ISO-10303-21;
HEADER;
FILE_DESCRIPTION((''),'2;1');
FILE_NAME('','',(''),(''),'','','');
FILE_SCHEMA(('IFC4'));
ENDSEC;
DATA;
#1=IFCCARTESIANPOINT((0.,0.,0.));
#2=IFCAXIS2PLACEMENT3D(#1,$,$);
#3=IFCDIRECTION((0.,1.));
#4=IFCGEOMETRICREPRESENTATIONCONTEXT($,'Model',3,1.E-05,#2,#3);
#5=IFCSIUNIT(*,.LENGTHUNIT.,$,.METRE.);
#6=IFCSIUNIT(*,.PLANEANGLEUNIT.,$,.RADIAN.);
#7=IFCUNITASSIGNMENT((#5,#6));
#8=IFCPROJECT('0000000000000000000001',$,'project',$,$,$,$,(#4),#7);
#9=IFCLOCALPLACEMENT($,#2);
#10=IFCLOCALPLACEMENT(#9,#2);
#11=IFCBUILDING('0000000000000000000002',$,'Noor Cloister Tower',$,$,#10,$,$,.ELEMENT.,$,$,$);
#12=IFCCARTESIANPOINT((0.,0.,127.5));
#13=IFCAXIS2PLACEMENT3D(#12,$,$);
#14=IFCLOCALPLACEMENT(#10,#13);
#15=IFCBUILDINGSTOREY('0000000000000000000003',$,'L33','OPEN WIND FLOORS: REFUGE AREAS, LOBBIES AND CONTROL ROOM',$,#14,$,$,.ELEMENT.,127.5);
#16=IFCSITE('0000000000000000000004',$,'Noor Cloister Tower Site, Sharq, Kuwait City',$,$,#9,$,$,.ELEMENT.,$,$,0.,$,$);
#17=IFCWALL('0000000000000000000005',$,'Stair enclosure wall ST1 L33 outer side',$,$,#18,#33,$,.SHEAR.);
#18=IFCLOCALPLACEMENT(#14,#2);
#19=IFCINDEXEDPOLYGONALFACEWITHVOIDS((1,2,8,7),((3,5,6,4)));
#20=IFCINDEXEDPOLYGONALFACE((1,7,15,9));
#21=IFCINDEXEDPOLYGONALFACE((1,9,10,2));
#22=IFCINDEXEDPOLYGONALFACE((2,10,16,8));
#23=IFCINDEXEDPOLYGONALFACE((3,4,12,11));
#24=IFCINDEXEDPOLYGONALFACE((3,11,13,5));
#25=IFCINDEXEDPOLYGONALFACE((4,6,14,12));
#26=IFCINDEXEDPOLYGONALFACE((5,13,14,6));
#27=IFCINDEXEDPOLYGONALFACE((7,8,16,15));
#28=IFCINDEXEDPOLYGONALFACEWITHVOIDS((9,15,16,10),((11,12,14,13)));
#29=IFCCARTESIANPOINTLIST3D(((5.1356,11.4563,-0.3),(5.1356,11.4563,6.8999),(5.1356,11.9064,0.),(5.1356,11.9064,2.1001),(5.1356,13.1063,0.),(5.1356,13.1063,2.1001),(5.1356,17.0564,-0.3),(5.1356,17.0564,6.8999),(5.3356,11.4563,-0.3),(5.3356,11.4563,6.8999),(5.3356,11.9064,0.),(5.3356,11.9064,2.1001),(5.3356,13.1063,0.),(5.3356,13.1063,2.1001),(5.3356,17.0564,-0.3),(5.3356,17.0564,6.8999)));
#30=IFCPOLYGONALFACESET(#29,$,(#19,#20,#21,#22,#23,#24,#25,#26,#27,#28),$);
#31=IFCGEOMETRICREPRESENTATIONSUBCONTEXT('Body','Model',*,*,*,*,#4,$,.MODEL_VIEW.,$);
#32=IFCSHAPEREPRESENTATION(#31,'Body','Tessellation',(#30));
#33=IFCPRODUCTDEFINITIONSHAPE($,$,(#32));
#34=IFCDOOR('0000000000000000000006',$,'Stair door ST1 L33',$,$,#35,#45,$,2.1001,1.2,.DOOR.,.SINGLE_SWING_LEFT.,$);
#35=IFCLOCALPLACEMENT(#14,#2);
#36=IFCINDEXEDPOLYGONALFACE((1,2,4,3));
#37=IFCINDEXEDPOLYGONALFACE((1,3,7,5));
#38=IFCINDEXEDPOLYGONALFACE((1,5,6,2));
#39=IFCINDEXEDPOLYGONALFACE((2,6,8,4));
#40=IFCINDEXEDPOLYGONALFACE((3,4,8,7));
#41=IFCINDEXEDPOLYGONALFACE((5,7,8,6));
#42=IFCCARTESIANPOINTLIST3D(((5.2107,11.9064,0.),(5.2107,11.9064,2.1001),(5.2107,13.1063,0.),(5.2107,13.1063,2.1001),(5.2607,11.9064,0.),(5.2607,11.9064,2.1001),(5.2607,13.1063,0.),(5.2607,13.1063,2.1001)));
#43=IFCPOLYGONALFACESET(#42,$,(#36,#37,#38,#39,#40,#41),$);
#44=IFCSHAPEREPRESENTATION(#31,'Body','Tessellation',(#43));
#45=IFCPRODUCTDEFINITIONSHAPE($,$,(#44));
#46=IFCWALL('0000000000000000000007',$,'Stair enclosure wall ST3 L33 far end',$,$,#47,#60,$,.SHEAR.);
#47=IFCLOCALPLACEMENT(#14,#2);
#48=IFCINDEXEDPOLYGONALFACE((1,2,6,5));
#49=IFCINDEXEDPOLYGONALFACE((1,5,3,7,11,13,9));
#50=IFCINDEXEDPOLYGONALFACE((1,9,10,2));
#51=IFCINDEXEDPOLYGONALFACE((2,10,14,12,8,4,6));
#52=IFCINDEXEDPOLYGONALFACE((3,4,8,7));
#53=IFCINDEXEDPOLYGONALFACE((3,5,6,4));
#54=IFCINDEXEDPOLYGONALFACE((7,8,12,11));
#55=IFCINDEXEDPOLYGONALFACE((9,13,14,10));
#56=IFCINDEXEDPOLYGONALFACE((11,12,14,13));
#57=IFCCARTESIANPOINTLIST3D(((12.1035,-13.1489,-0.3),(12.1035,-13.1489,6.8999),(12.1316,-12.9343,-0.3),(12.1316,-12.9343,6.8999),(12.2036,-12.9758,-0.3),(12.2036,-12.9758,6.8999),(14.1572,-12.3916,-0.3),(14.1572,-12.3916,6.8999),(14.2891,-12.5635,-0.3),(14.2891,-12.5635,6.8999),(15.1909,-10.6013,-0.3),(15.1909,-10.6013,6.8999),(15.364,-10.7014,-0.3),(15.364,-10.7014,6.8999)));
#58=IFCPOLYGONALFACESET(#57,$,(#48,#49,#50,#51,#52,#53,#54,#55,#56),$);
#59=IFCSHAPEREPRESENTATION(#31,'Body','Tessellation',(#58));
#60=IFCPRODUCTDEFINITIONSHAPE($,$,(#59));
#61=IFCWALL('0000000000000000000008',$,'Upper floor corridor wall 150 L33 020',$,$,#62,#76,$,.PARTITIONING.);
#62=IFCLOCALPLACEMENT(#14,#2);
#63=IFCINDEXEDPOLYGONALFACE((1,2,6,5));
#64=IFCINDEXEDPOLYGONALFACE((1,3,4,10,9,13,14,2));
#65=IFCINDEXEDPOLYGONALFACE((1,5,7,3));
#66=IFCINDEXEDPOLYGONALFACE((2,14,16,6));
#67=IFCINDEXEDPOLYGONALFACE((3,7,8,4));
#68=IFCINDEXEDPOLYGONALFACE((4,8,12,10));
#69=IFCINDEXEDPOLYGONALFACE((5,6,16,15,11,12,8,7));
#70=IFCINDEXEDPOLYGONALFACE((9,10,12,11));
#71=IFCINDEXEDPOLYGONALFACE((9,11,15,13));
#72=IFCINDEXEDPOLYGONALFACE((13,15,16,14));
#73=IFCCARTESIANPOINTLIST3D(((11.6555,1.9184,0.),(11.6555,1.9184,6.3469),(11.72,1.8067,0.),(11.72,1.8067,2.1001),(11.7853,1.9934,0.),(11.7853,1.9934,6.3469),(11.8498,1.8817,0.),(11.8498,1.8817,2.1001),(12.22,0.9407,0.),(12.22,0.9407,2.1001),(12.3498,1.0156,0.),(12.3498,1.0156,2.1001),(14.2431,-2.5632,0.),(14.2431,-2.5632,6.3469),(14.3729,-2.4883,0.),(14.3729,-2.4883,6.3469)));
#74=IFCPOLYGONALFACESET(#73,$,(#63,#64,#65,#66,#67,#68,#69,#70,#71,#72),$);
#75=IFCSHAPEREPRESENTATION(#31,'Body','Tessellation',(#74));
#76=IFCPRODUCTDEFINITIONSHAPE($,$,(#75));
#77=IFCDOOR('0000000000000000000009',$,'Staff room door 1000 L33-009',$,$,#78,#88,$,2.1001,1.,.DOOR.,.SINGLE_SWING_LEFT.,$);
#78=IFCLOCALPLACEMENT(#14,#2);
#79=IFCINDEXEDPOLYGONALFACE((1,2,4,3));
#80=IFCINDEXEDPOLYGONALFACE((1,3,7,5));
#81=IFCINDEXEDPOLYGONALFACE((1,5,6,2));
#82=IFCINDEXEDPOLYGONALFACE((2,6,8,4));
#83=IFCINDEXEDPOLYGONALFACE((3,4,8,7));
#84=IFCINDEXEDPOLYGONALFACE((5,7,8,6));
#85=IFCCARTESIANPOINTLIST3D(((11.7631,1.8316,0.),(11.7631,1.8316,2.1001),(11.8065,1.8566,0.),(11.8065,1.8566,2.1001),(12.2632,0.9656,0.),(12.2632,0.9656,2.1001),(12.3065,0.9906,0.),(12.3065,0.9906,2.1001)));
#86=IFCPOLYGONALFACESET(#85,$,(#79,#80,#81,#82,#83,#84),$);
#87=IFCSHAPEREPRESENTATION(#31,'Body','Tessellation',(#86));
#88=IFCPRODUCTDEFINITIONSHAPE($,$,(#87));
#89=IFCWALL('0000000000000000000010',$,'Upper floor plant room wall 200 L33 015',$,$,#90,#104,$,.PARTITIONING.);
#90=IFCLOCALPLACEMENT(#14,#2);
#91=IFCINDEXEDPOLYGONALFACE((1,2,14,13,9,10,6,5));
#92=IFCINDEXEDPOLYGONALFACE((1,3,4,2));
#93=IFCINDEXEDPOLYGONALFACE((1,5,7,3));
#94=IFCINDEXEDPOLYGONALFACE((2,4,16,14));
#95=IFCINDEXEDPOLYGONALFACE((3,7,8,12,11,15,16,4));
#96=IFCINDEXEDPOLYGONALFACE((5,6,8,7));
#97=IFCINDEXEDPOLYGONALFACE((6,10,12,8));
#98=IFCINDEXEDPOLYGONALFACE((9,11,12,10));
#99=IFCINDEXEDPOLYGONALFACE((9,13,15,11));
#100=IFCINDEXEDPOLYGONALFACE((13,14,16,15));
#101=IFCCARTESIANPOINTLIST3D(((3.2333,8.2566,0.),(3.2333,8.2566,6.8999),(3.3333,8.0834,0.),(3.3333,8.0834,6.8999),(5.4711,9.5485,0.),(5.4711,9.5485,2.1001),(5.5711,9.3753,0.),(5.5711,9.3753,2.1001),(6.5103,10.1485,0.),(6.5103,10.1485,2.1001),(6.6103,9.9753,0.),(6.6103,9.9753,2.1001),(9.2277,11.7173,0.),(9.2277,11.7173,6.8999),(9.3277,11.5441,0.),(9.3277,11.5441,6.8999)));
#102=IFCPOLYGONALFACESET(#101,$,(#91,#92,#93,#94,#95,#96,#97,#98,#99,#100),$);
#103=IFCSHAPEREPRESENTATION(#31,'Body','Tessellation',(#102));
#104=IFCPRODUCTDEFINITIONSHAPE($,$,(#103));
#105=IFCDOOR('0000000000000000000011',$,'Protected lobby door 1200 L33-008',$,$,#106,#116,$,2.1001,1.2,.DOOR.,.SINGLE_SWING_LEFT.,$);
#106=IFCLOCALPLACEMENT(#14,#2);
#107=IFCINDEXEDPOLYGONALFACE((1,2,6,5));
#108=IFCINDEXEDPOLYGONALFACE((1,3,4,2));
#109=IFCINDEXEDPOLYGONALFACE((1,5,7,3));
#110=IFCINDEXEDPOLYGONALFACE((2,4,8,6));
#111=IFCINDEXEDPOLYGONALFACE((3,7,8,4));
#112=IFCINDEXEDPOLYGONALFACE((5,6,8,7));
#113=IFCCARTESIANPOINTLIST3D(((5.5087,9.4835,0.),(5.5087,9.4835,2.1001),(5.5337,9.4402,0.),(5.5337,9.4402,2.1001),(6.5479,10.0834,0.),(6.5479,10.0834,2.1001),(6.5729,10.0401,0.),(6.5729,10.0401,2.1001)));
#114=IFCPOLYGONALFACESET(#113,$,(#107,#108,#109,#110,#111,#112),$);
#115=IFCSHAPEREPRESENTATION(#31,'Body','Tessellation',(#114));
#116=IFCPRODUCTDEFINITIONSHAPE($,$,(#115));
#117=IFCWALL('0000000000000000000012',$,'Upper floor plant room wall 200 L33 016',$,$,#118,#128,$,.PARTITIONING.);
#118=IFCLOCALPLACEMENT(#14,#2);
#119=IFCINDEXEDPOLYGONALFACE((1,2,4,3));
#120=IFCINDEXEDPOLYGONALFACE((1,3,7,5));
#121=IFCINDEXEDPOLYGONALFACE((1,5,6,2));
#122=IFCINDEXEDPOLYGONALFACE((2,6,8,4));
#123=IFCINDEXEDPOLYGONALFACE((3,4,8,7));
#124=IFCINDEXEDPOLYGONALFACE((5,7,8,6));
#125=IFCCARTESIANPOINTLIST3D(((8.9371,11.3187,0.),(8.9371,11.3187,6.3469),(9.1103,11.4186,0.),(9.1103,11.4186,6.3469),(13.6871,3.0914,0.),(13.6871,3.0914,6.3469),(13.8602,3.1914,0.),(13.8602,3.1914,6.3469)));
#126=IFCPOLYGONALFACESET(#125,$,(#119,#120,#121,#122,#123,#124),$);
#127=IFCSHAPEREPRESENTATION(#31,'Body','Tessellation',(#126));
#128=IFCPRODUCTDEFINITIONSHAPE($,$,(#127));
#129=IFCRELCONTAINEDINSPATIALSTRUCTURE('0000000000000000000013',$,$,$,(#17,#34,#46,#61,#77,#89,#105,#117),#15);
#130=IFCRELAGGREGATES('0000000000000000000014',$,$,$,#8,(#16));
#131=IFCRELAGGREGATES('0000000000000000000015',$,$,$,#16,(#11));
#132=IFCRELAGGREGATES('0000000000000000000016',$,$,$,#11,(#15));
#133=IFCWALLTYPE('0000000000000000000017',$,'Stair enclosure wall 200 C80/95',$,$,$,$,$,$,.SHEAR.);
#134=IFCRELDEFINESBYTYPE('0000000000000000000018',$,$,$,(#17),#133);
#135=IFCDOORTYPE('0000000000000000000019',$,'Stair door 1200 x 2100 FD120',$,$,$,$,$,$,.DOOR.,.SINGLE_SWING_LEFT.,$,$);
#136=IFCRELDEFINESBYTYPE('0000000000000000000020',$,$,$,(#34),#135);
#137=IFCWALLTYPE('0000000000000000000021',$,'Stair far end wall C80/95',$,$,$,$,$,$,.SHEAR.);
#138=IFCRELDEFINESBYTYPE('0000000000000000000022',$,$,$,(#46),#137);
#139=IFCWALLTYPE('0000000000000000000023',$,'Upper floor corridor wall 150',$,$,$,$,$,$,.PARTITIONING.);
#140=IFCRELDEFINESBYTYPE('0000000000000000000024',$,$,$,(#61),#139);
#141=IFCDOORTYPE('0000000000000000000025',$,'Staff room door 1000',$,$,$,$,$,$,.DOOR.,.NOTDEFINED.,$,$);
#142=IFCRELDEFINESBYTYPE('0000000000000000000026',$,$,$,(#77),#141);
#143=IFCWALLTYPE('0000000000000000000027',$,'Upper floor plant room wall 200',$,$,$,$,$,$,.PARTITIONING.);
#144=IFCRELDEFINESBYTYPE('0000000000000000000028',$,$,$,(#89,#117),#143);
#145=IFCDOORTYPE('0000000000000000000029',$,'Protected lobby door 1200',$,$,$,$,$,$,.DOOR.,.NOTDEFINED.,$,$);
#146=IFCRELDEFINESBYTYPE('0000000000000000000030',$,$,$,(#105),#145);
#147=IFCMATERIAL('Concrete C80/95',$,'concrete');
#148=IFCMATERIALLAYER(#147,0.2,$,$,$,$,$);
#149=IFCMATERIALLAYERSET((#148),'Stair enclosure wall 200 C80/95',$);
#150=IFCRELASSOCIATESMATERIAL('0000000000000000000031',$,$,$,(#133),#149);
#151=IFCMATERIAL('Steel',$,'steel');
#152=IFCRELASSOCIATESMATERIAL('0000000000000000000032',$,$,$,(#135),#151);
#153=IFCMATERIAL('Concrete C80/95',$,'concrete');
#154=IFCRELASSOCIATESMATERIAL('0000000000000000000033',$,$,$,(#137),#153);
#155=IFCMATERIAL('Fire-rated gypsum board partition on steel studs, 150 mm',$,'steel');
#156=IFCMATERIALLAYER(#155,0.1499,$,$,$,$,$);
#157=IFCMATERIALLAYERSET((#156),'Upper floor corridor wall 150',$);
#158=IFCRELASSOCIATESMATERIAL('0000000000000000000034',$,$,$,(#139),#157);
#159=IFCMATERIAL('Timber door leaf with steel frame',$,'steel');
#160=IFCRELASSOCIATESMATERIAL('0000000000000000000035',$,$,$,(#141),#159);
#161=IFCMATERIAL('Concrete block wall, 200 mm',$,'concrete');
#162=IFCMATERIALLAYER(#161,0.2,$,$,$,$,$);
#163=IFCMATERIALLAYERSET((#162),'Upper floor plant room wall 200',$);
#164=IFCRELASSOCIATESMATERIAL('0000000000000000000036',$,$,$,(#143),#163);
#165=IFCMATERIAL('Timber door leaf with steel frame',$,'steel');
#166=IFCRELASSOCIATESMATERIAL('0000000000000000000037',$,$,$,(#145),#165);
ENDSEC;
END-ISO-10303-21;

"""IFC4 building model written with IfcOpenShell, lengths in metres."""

from ifc_helpers import new_model, si_unit, direction, frame, frame_2d, origin, place, context, subcontext, project, spatial, polyline, rectangle, outline, extrude, material, layer, layer_set, type_object, element, fill, save


model = new_model("IFC4")

# Units and contexts
model_context = context("Model", 3, precision=1e-05, world=origin(), true_north=direction((0.0, 1.0)))
body_context = subcontext(model_context, "Body", "Model", "MODEL_VIEW")
ifc_project = project(units=[si_unit("LENGTHUNIT", "METRE"), si_unit("PLANEANGLEUNIT", "RADIAN")], contexts=[model_context])

# Site, building, storey
site_placement = place(None, origin())
site = spatial("IfcSite", under=ifc_project, at=site_placement, Name="Noor Cloister Tower Site, Sharq, Kuwait City", CompositionType="ELEMENT", RefElevation=0.0)
building_placement = place(site_placement, origin())
building = spatial("IfcBuilding", under=site, at=building_placement, Name="Noor Cloister Tower", CompositionType="ELEMENT")
storey_placement = place(building_placement, frame((0.0, 0.0, 127.5)))
storey = spatial("IfcBuildingStorey", under=building, at=storey_placement, Name="L33", Description="OPEN WIND FLOORS: REFUGE AREAS, LOBBIES AND CONTROL ROOM", CompositionType="ELEMENT", Elevation=127.5)

# Wall, opening, door
ifc_material_1 = material(Name="Concrete C80/95", Category="concrete")
ifc_layer_1 = layer(ifc_material_1, 0.2)
ifc_layer_set_1 = layer_set([ifc_layer_1], Name="Stair enclosure wall 200 C80/95")
wall_type_1 = type_object("IfcWallType", Name="Stair enclosure wall 200 C80/95", PredefinedType="SHEAR", material=ifc_layer_set_1)
wall_1_placement = place(storey_placement, frame((5.2356, 11.4563, -0.3), z_axis=(0.0, 0.0, 1.0), x_axis=(0.0, 1.0, 0.0)))
wall_1 = element("IfcWall", 1, at=wall_1_placement, inside=storey, type_object=wall_type_1, Name="Stair enclosure wall ST1 L33 outer side", PredefinedType="SHEAR", context=body_context, shape_type="SweptSolid", body=[
    extrude(rectangle(XDim=5.6001, YDim=0.2, at=frame_2d((2.8, 0.0))), origin(), (0.0, 0.0, 1.0), 7.2),
])
opening_1_placement = place(wall_1_placement, frame((0.45, 0.0, 0.3)))
opening_1 = element("IfcOpeningElement", 2, at=opening_1_placement, cuts=wall_1, PredefinedType="OPENING", context=body_context, shape_type="SweptSolid", body=[
    extrude(rectangle(XDim=1.2, YDim=2.1001, at=frame_2d((0.6001, 1.05))), frame((0.0, 0.1099, 0.0), z_axis=(0.0, -1.0, 0.0), x_axis=(1.0, 0.0, 0.0)), (0.0, 0.0, 1.0), 0.22),
])
ifc_material_2 = material(Name="Steel", Category="steel")
door_type_1 = type_object("IfcDoorType", Name="Stair door 1200 x 2100 FD120", OperationType="SINGLE_SWING_LEFT", PredefinedType="DOOR", material=ifc_material_2)
door_1_placement = place(opening_1_placement, origin())
door_1 = element("IfcDoor", 3, at=door_1_placement, inside=storey, type_object=door_type_1, Name="Stair door ST1 L33", OperationType="SINGLE_SWING_LEFT", OverallHeight=2.1001, OverallWidth=1.2, PredefinedType="DOOR", context=body_context, shape_type="SweptSolid", body=[
    extrude(rectangle(XDim=1.2, YDim=2.1001, at=frame_2d((0.6001, 1.05))), frame((0.0, 0.0249, 0.0), z_axis=(0.0, -1.0, 0.0), x_axis=(1.0, 0.0, 0.0)), (0.0, 0.0, 1.0), 0.05),
])
fill(opening_1, door_1)

# Wall
ifc_material_3 = material(Name="Concrete C80/95", Category="concrete")
wall_type_2 = type_object("IfcWallType", Name="Stair far end wall C80/95", PredefinedType="SHEAR", material=ifc_material_3)
wall_2_placement = place(storey_placement, frame((0.0, 0.0, -0.3)))
element("IfcWall", 4, at=wall_2_placement, inside=storey, type_object=wall_type_2, Name="Stair enclosure wall ST3 L33 far end", PredefinedType="SHEAR", context=body_context, shape_type="SweptSolid", body=[
    extrude(outline(polyline([(12.1035, -13.1489), (14.2891, -12.5635), (15.364, -10.7014), (15.1909, -10.6013), (14.1572, -12.3916), (12.1316, -12.9343), (12.2036, -12.9758), (12.2036, -12.9758), (12.2036, -12.9758), (12.2036, -12.9758), (12.2036, -12.9758), (12.2036, -12.9758), (12.2036, -12.9758), (12.2036, -12.9758), (12.2036, -12.9758), (12.2036, -12.9758), (12.2036, -12.9758), (12.2036, -12.9758), (12.2036, -12.9758), (12.2036, -12.9758), (12.2036, -12.9758), (12.2036, -12.9758), (12.2036, -12.9758), (12.1035, -13.1489)])), origin(), (0.0, 0.0, 1.0), 7.2),
])

# Walls, openings, doors
ifc_material_4 = material(Name="Fire-rated gypsum board partition on steel studs, 150 mm", Category="steel")
ifc_layer_2 = layer(ifc_material_4, 0.1499)
ifc_layer_set_2 = layer_set([ifc_layer_2], Name="Upper floor corridor wall 150")
wall_type_3 = type_object("IfcWallType", Name="Upper floor corridor wall 150", PredefinedType="PARTITIONING", material=ifc_layer_set_2)
wall_3_placement = place(storey_placement, frame((11.7205, 1.9558, 0.0), z_axis=(0.0, 0.0, 1.0), x_axis=(0.500021, -0.866014, 0.0)))
wall_3 = element("IfcWall", 5, at=wall_3_placement, inside=storey, type_object=wall_type_3, Name="Upper floor corridor wall 150 L33 020", PredefinedType="PARTITIONING", context=body_context, shape_type="SweptSolid", body=[
    extrude(rectangle(XDim=5.175, YDim=0.1499, at=frame_2d((2.5874, 0.0))), origin(), (0.0, 0.0, 1.0), 6.3469),
])
opening_2_placement = place(wall_3_placement, frame((0.1289, 0.0, 0.0)))
opening_2 = element("IfcOpeningElement", 6, at=opening_2_placement, cuts=wall_3, PredefinedType="OPENING", context=body_context, shape_type="SweptSolid", body=[
    extrude(rectangle(XDim=1.0, YDim=2.1001, at=frame_2d((0.5, 1.05))), frame((0.0, 0.085, 0.0), z_axis=(0.0, -1.0, 0.0), x_axis=(1.0, 0.0, 0.0)), (0.0, 0.0, 1.0), 0.1699),
])
ifc_material_5 = material(Name="Timber door leaf with steel frame", Category="steel")
door_type_2 = type_object("IfcDoorType", Name="Staff room door 1000", OperationType="NOTDEFINED", PredefinedType="DOOR", material=ifc_material_5)
door_2_placement = place(opening_2_placement, origin())
door_2 = element("IfcDoor", 7, at=door_2_placement, inside=storey, type_object=door_type_2, Name="Staff room door 1000 L33-009", OperationType="SINGLE_SWING_LEFT", OverallHeight=2.1001, OverallWidth=1.0, PredefinedType="DOOR", context=body_context, shape_type="SweptSolid", body=[
    extrude(rectangle(XDim=1.0, YDim=2.1001, at=frame_2d((0.5, 1.05))), frame((0.0, 0.0249, 0.0), z_axis=(0.0, -1.0, 0.0), x_axis=(1.0, 0.0, 0.0)), (0.0, 0.0, 1.0), 0.05),
])
fill(opening_2, door_2)
ifc_material_6 = material(Name="Concrete block wall, 200 mm", Category="concrete")
ifc_layer_3 = layer(ifc_material_6, 0.2)
ifc_layer_set_3 = layer_set([ifc_layer_3], Name="Upper floor plant room wall 200")
wall_type_4 = type_object("IfcWallType", Name="Upper floor plant room wall 200", PredefinedType="PARTITIONING", material=ifc_layer_set_3)
wall_4_placement = place(storey_placement, frame((3.2832, 8.1699, 0.0), z_axis=(0.0, 0.0, 1.0), x_axis=(0.866036, 0.499982, 0.0)))
wall_4 = element("IfcWall", 8, at=wall_4_placement, inside=storey, type_object=wall_type_4, Name="Upper floor plant room wall 200 L33 015", PredefinedType="PARTITIONING", context=body_context, shape_type="SweptSolid", body=[
    extrude(rectangle(XDim=6.9216, YDim=0.2, at=frame_2d((3.4609, 0.0))), origin(), (0.0, 0.0, 1.0), 6.8999),
])
opening_3_placement = place(wall_4_placement, frame((2.584, 0.0, 0.0)))
opening_3 = element("IfcOpeningElement", 9, at=opening_3_placement, cuts=wall_4, PredefinedType="OPENING", context=body_context, shape_type="SweptSolid", body=[
    extrude(rectangle(XDim=1.2, YDim=2.1001, at=frame_2d((0.6001, 1.05))), frame((0.0, 0.1099, 0.0), z_axis=(0.0, -1.0, 0.0), x_axis=(1.0, 0.0, 0.0)), (0.0, 0.0, 1.0), 0.22),
])
ifc_material_7 = material(Name="Timber door leaf with steel frame", Category="steel")
door_type_3 = type_object("IfcDoorType", Name="Protected lobby door 1200", OperationType="NOTDEFINED", PredefinedType="DOOR", material=ifc_material_7)
door_3_placement = place(opening_3_placement, origin())
door_3 = element("IfcDoor", 10, at=door_3_placement, inside=storey, type_object=door_type_3, Name="Protected lobby door 1200 L33-008", OperationType="SINGLE_SWING_LEFT", OverallHeight=2.1001, OverallWidth=1.2, PredefinedType="DOOR", context=body_context, shape_type="SweptSolid", body=[
    extrude(rectangle(XDim=1.2, YDim=2.1001, at=frame_2d((0.6001, 1.05))), frame((0.0, 0.0249, 0.0), z_axis=(0.0, -1.0, 0.0), x_axis=(1.0, 0.0, 0.0)), (0.0, 0.0, 1.0), 0.05),
])
fill(opening_3, door_3)

# Wall
wall_5_placement = place(storey_placement, frame((9.0237, 11.3687, 0.0), z_axis=(0.0, 0.0, 1.0), x_axis=(0.499998, -0.866027, 0.0)))
element("IfcWall", 11, at=wall_5_placement, inside=storey, type_object=wall_type_4, Name="Upper floor plant room wall 200 L33 016", PredefinedType="PARTITIONING", context=body_context, shape_type="SweptSolid", body=[
    extrude(rectangle(XDim=9.5, YDim=0.2, at=frame_2d((4.75, 0.0))), origin(), (0.0, 0.0, 1.0), 6.3469),
])

save(model, "model.ifc")
